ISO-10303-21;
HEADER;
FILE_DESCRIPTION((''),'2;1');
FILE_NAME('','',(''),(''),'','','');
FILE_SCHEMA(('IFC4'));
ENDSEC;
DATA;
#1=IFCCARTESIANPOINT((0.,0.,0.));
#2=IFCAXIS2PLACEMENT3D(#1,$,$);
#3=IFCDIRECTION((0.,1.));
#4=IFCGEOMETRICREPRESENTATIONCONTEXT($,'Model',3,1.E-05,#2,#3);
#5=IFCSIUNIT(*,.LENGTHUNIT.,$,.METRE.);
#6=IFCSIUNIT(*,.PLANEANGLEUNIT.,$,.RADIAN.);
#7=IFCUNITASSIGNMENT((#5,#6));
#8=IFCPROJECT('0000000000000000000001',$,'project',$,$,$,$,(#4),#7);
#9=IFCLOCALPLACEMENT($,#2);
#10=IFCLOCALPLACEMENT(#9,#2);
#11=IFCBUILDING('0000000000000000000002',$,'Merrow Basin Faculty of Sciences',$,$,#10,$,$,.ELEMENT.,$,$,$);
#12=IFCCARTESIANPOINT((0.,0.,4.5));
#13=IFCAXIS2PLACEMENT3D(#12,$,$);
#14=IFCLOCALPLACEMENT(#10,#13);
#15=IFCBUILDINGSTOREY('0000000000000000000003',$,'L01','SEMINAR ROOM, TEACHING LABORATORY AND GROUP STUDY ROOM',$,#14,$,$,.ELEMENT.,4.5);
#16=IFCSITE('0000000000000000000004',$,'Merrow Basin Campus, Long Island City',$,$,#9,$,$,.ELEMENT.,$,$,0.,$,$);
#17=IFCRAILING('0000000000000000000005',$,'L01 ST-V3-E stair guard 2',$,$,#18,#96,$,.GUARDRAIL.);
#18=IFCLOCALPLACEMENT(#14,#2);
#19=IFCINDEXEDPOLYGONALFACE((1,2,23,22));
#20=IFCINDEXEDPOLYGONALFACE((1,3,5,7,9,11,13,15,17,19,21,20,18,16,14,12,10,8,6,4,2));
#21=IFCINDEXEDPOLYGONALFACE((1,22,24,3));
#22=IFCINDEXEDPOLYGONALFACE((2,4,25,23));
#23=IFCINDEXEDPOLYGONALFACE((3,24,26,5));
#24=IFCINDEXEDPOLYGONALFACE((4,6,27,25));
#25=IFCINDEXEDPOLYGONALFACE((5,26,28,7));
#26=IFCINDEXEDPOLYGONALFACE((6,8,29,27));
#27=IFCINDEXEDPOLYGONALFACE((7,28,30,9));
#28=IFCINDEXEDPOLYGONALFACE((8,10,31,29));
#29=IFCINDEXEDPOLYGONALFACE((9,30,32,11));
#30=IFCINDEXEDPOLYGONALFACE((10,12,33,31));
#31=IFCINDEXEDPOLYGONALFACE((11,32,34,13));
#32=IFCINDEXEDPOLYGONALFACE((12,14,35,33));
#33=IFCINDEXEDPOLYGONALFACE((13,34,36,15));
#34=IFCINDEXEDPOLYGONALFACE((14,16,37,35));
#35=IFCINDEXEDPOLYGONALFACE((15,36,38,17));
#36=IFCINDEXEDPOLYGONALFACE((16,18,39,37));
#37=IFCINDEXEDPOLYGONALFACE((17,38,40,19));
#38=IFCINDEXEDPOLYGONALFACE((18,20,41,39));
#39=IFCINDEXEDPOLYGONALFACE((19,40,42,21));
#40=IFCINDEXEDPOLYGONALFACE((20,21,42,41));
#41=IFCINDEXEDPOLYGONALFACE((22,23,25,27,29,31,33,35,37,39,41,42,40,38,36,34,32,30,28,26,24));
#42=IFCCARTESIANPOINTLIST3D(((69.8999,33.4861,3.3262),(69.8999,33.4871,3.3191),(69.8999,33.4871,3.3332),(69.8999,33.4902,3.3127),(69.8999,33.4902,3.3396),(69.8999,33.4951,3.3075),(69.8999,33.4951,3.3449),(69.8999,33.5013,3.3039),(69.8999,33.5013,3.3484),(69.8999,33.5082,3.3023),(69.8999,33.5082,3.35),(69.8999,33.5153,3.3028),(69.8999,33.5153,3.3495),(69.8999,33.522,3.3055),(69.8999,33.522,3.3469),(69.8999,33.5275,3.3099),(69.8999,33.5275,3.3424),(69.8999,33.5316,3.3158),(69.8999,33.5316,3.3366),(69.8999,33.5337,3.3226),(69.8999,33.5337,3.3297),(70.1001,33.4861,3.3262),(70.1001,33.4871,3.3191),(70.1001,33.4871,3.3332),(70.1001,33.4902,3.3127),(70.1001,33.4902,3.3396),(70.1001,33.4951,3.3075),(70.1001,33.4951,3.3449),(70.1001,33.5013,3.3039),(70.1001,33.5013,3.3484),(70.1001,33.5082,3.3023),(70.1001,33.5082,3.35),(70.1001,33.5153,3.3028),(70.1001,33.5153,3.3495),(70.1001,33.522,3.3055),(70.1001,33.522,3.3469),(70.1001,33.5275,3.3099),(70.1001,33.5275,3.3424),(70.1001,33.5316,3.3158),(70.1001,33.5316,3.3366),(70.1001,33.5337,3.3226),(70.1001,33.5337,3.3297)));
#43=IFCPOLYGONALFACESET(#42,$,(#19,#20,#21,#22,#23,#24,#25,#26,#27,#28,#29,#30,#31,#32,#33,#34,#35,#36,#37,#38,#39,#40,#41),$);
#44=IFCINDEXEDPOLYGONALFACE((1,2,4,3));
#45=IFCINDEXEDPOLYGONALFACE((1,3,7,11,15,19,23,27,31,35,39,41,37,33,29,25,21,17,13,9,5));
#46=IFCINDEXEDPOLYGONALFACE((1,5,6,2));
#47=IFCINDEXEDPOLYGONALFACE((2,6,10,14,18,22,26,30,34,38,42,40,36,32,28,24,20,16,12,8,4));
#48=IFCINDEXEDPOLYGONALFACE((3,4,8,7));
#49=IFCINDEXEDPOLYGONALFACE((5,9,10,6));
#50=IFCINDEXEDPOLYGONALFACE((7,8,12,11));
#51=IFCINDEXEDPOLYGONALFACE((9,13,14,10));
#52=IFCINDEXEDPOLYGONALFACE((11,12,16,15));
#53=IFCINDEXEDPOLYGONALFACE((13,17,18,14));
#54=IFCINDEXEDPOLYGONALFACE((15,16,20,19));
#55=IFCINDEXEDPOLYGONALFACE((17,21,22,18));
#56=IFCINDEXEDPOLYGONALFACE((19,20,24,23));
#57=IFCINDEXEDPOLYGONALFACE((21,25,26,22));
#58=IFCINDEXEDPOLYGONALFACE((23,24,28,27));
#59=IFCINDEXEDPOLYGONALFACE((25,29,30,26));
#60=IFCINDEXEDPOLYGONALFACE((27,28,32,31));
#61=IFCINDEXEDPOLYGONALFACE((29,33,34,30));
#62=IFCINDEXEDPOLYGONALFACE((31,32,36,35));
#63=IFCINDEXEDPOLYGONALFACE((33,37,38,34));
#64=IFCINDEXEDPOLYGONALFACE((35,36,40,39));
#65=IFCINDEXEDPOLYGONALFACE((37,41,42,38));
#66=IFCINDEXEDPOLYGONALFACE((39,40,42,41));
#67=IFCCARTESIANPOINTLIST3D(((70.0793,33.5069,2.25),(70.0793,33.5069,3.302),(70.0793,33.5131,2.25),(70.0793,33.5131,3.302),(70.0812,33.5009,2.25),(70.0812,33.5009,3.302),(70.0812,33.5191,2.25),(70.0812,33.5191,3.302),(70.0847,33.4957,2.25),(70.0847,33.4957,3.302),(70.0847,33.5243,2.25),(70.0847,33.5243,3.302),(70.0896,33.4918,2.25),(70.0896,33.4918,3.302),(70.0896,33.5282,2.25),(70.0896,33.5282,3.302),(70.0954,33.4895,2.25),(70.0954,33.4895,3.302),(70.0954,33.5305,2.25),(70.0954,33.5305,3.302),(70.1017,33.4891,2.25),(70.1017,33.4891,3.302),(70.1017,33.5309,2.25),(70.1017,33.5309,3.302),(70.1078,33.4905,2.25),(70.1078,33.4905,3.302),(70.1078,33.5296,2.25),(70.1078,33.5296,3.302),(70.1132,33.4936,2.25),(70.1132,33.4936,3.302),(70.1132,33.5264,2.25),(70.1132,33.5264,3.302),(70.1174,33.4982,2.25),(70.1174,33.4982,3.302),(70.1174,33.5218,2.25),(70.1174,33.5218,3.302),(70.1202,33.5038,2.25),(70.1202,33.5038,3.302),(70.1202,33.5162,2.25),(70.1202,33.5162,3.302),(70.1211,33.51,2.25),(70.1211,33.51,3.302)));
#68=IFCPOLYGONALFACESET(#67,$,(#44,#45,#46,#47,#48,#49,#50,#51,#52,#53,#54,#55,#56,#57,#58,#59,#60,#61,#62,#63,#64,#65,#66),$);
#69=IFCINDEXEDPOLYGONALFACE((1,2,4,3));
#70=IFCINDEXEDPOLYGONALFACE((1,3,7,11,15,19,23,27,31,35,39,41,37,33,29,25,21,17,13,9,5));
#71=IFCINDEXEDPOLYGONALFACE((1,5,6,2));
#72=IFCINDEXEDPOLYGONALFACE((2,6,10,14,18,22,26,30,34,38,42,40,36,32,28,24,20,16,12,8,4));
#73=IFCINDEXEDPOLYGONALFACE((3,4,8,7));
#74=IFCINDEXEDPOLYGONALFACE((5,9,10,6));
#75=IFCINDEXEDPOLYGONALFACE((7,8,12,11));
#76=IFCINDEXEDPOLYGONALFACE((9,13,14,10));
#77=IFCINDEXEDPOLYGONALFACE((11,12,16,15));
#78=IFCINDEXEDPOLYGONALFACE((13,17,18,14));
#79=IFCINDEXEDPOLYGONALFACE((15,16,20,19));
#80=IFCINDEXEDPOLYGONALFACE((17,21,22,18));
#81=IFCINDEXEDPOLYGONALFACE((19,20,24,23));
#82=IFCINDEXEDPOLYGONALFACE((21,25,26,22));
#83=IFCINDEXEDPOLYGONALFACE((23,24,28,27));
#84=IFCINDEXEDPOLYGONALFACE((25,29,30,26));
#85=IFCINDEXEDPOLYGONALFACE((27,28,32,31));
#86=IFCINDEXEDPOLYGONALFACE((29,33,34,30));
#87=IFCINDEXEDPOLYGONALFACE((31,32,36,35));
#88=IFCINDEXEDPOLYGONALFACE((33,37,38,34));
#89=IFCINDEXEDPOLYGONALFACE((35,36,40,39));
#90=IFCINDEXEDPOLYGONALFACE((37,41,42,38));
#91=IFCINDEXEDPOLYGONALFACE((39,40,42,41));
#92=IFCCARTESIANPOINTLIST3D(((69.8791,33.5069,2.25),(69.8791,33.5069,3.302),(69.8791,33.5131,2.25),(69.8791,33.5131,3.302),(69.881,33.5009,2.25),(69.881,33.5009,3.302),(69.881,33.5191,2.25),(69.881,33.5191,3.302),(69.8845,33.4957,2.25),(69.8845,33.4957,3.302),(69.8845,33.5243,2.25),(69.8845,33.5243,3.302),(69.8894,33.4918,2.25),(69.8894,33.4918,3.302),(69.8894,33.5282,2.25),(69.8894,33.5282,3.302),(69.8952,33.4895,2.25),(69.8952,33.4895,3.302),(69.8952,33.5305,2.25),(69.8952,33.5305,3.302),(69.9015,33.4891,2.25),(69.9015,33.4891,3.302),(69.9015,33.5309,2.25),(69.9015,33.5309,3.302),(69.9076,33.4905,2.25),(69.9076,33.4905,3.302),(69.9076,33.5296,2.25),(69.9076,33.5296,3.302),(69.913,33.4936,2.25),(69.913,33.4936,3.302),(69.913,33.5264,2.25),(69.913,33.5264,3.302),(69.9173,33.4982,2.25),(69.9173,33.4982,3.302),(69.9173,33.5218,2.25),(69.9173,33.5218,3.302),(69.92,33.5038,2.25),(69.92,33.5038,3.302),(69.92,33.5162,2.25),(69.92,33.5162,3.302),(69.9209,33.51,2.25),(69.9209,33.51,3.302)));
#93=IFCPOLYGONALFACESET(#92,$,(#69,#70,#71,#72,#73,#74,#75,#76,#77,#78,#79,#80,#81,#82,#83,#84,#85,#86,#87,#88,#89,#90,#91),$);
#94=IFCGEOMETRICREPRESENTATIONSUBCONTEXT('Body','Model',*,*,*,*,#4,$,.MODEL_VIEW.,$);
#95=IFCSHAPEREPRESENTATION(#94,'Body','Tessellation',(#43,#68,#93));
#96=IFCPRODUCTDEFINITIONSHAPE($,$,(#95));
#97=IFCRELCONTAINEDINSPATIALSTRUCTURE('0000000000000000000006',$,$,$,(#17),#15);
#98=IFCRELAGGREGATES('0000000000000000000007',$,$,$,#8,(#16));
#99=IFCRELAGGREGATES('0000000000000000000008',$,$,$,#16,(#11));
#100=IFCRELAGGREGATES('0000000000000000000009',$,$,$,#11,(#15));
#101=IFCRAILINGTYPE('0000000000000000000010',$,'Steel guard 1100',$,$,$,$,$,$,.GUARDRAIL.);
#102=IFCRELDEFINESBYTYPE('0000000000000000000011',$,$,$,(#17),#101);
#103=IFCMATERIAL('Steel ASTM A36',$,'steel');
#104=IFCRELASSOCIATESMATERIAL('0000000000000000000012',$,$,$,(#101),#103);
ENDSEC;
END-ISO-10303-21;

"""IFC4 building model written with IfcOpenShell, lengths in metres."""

from ifc_helpers import new_model, si_unit, direction, frame, origin, origin_2d, place, context, subcontext, project, spatial, circle, extrude, material, type_object, element, save


model = new_model("IFC4")

# Units and contexts
model_context = context("Model", 3, precision=1e-05, world=origin(), true_north=direction((0.0, 1.0)))
body_context = subcontext(model_context, "Body", "Model", "MODEL_VIEW")
ifc_project = project(units=[si_unit("LENGTHUNIT", "METRE"), si_unit("PLANEANGLEUNIT", "RADIAN")], contexts=[model_context])

# Site, building, storey
site_placement = place(None, origin())
site = spatial("IfcSite", under=ifc_project, at=site_placement, Name="Merrow Basin Campus, Long Island City", CompositionType="ELEMENT", RefElevation=0.0)
building_placement = place(site_placement, origin())
building = spatial("IfcBuilding", under=site, at=building_placement, Name="Merrow Basin Faculty of Sciences", CompositionType="ELEMENT")
storey_placement = place(building_placement, frame((0.0, 0.0, 4.5)))
storey = spatial("IfcBuildingStorey", under=building, at=storey_placement, Name="L01", Description="SEMINAR ROOM, TEACHING LABORATORY AND GROUP STUDY ROOM", CompositionType="ELEMENT", Elevation=4.5)

# Railing
ifc_material_1 = material(Name="Steel ASTM A36", Category="steel")
railing_type_1 = type_object("IfcRailingType", Name="Steel guard 1100", PredefinedType="GUARDRAIL", material=ifc_material_1)
railing_1_placement = place(storey_placement, frame((70.1001, 33.51, 2.25)))
element("IfcRailing", 1, at=railing_1_placement, inside=storey, type_object=railing_type_1, Name="L01 ST-V3-E stair guard 2", PredefinedType="GUARDRAIL", context=body_context, shape_type="SweptSolid", body=[
    extrude(circle(Radius=0.0239, at=origin_2d()), frame((0.0, 0.0, 1.0762), z_axis=(-1.0, 0.0, 0.0), x_axis=(0.0, -1.0, 0.0)), (0.0, 0.0, 1.0), 0.2002),
    extrude(circle(Radius=0.021, at=origin_2d()), origin(), (0.0, 0.0, 1.0), 1.052),
    extrude(circle(Radius=0.021, at=origin_2d()), frame((-0.2002, 0.0, 0.0)), (0.0, 0.0, 1.0), 1.052),
])

save(model, "model.ifc")
